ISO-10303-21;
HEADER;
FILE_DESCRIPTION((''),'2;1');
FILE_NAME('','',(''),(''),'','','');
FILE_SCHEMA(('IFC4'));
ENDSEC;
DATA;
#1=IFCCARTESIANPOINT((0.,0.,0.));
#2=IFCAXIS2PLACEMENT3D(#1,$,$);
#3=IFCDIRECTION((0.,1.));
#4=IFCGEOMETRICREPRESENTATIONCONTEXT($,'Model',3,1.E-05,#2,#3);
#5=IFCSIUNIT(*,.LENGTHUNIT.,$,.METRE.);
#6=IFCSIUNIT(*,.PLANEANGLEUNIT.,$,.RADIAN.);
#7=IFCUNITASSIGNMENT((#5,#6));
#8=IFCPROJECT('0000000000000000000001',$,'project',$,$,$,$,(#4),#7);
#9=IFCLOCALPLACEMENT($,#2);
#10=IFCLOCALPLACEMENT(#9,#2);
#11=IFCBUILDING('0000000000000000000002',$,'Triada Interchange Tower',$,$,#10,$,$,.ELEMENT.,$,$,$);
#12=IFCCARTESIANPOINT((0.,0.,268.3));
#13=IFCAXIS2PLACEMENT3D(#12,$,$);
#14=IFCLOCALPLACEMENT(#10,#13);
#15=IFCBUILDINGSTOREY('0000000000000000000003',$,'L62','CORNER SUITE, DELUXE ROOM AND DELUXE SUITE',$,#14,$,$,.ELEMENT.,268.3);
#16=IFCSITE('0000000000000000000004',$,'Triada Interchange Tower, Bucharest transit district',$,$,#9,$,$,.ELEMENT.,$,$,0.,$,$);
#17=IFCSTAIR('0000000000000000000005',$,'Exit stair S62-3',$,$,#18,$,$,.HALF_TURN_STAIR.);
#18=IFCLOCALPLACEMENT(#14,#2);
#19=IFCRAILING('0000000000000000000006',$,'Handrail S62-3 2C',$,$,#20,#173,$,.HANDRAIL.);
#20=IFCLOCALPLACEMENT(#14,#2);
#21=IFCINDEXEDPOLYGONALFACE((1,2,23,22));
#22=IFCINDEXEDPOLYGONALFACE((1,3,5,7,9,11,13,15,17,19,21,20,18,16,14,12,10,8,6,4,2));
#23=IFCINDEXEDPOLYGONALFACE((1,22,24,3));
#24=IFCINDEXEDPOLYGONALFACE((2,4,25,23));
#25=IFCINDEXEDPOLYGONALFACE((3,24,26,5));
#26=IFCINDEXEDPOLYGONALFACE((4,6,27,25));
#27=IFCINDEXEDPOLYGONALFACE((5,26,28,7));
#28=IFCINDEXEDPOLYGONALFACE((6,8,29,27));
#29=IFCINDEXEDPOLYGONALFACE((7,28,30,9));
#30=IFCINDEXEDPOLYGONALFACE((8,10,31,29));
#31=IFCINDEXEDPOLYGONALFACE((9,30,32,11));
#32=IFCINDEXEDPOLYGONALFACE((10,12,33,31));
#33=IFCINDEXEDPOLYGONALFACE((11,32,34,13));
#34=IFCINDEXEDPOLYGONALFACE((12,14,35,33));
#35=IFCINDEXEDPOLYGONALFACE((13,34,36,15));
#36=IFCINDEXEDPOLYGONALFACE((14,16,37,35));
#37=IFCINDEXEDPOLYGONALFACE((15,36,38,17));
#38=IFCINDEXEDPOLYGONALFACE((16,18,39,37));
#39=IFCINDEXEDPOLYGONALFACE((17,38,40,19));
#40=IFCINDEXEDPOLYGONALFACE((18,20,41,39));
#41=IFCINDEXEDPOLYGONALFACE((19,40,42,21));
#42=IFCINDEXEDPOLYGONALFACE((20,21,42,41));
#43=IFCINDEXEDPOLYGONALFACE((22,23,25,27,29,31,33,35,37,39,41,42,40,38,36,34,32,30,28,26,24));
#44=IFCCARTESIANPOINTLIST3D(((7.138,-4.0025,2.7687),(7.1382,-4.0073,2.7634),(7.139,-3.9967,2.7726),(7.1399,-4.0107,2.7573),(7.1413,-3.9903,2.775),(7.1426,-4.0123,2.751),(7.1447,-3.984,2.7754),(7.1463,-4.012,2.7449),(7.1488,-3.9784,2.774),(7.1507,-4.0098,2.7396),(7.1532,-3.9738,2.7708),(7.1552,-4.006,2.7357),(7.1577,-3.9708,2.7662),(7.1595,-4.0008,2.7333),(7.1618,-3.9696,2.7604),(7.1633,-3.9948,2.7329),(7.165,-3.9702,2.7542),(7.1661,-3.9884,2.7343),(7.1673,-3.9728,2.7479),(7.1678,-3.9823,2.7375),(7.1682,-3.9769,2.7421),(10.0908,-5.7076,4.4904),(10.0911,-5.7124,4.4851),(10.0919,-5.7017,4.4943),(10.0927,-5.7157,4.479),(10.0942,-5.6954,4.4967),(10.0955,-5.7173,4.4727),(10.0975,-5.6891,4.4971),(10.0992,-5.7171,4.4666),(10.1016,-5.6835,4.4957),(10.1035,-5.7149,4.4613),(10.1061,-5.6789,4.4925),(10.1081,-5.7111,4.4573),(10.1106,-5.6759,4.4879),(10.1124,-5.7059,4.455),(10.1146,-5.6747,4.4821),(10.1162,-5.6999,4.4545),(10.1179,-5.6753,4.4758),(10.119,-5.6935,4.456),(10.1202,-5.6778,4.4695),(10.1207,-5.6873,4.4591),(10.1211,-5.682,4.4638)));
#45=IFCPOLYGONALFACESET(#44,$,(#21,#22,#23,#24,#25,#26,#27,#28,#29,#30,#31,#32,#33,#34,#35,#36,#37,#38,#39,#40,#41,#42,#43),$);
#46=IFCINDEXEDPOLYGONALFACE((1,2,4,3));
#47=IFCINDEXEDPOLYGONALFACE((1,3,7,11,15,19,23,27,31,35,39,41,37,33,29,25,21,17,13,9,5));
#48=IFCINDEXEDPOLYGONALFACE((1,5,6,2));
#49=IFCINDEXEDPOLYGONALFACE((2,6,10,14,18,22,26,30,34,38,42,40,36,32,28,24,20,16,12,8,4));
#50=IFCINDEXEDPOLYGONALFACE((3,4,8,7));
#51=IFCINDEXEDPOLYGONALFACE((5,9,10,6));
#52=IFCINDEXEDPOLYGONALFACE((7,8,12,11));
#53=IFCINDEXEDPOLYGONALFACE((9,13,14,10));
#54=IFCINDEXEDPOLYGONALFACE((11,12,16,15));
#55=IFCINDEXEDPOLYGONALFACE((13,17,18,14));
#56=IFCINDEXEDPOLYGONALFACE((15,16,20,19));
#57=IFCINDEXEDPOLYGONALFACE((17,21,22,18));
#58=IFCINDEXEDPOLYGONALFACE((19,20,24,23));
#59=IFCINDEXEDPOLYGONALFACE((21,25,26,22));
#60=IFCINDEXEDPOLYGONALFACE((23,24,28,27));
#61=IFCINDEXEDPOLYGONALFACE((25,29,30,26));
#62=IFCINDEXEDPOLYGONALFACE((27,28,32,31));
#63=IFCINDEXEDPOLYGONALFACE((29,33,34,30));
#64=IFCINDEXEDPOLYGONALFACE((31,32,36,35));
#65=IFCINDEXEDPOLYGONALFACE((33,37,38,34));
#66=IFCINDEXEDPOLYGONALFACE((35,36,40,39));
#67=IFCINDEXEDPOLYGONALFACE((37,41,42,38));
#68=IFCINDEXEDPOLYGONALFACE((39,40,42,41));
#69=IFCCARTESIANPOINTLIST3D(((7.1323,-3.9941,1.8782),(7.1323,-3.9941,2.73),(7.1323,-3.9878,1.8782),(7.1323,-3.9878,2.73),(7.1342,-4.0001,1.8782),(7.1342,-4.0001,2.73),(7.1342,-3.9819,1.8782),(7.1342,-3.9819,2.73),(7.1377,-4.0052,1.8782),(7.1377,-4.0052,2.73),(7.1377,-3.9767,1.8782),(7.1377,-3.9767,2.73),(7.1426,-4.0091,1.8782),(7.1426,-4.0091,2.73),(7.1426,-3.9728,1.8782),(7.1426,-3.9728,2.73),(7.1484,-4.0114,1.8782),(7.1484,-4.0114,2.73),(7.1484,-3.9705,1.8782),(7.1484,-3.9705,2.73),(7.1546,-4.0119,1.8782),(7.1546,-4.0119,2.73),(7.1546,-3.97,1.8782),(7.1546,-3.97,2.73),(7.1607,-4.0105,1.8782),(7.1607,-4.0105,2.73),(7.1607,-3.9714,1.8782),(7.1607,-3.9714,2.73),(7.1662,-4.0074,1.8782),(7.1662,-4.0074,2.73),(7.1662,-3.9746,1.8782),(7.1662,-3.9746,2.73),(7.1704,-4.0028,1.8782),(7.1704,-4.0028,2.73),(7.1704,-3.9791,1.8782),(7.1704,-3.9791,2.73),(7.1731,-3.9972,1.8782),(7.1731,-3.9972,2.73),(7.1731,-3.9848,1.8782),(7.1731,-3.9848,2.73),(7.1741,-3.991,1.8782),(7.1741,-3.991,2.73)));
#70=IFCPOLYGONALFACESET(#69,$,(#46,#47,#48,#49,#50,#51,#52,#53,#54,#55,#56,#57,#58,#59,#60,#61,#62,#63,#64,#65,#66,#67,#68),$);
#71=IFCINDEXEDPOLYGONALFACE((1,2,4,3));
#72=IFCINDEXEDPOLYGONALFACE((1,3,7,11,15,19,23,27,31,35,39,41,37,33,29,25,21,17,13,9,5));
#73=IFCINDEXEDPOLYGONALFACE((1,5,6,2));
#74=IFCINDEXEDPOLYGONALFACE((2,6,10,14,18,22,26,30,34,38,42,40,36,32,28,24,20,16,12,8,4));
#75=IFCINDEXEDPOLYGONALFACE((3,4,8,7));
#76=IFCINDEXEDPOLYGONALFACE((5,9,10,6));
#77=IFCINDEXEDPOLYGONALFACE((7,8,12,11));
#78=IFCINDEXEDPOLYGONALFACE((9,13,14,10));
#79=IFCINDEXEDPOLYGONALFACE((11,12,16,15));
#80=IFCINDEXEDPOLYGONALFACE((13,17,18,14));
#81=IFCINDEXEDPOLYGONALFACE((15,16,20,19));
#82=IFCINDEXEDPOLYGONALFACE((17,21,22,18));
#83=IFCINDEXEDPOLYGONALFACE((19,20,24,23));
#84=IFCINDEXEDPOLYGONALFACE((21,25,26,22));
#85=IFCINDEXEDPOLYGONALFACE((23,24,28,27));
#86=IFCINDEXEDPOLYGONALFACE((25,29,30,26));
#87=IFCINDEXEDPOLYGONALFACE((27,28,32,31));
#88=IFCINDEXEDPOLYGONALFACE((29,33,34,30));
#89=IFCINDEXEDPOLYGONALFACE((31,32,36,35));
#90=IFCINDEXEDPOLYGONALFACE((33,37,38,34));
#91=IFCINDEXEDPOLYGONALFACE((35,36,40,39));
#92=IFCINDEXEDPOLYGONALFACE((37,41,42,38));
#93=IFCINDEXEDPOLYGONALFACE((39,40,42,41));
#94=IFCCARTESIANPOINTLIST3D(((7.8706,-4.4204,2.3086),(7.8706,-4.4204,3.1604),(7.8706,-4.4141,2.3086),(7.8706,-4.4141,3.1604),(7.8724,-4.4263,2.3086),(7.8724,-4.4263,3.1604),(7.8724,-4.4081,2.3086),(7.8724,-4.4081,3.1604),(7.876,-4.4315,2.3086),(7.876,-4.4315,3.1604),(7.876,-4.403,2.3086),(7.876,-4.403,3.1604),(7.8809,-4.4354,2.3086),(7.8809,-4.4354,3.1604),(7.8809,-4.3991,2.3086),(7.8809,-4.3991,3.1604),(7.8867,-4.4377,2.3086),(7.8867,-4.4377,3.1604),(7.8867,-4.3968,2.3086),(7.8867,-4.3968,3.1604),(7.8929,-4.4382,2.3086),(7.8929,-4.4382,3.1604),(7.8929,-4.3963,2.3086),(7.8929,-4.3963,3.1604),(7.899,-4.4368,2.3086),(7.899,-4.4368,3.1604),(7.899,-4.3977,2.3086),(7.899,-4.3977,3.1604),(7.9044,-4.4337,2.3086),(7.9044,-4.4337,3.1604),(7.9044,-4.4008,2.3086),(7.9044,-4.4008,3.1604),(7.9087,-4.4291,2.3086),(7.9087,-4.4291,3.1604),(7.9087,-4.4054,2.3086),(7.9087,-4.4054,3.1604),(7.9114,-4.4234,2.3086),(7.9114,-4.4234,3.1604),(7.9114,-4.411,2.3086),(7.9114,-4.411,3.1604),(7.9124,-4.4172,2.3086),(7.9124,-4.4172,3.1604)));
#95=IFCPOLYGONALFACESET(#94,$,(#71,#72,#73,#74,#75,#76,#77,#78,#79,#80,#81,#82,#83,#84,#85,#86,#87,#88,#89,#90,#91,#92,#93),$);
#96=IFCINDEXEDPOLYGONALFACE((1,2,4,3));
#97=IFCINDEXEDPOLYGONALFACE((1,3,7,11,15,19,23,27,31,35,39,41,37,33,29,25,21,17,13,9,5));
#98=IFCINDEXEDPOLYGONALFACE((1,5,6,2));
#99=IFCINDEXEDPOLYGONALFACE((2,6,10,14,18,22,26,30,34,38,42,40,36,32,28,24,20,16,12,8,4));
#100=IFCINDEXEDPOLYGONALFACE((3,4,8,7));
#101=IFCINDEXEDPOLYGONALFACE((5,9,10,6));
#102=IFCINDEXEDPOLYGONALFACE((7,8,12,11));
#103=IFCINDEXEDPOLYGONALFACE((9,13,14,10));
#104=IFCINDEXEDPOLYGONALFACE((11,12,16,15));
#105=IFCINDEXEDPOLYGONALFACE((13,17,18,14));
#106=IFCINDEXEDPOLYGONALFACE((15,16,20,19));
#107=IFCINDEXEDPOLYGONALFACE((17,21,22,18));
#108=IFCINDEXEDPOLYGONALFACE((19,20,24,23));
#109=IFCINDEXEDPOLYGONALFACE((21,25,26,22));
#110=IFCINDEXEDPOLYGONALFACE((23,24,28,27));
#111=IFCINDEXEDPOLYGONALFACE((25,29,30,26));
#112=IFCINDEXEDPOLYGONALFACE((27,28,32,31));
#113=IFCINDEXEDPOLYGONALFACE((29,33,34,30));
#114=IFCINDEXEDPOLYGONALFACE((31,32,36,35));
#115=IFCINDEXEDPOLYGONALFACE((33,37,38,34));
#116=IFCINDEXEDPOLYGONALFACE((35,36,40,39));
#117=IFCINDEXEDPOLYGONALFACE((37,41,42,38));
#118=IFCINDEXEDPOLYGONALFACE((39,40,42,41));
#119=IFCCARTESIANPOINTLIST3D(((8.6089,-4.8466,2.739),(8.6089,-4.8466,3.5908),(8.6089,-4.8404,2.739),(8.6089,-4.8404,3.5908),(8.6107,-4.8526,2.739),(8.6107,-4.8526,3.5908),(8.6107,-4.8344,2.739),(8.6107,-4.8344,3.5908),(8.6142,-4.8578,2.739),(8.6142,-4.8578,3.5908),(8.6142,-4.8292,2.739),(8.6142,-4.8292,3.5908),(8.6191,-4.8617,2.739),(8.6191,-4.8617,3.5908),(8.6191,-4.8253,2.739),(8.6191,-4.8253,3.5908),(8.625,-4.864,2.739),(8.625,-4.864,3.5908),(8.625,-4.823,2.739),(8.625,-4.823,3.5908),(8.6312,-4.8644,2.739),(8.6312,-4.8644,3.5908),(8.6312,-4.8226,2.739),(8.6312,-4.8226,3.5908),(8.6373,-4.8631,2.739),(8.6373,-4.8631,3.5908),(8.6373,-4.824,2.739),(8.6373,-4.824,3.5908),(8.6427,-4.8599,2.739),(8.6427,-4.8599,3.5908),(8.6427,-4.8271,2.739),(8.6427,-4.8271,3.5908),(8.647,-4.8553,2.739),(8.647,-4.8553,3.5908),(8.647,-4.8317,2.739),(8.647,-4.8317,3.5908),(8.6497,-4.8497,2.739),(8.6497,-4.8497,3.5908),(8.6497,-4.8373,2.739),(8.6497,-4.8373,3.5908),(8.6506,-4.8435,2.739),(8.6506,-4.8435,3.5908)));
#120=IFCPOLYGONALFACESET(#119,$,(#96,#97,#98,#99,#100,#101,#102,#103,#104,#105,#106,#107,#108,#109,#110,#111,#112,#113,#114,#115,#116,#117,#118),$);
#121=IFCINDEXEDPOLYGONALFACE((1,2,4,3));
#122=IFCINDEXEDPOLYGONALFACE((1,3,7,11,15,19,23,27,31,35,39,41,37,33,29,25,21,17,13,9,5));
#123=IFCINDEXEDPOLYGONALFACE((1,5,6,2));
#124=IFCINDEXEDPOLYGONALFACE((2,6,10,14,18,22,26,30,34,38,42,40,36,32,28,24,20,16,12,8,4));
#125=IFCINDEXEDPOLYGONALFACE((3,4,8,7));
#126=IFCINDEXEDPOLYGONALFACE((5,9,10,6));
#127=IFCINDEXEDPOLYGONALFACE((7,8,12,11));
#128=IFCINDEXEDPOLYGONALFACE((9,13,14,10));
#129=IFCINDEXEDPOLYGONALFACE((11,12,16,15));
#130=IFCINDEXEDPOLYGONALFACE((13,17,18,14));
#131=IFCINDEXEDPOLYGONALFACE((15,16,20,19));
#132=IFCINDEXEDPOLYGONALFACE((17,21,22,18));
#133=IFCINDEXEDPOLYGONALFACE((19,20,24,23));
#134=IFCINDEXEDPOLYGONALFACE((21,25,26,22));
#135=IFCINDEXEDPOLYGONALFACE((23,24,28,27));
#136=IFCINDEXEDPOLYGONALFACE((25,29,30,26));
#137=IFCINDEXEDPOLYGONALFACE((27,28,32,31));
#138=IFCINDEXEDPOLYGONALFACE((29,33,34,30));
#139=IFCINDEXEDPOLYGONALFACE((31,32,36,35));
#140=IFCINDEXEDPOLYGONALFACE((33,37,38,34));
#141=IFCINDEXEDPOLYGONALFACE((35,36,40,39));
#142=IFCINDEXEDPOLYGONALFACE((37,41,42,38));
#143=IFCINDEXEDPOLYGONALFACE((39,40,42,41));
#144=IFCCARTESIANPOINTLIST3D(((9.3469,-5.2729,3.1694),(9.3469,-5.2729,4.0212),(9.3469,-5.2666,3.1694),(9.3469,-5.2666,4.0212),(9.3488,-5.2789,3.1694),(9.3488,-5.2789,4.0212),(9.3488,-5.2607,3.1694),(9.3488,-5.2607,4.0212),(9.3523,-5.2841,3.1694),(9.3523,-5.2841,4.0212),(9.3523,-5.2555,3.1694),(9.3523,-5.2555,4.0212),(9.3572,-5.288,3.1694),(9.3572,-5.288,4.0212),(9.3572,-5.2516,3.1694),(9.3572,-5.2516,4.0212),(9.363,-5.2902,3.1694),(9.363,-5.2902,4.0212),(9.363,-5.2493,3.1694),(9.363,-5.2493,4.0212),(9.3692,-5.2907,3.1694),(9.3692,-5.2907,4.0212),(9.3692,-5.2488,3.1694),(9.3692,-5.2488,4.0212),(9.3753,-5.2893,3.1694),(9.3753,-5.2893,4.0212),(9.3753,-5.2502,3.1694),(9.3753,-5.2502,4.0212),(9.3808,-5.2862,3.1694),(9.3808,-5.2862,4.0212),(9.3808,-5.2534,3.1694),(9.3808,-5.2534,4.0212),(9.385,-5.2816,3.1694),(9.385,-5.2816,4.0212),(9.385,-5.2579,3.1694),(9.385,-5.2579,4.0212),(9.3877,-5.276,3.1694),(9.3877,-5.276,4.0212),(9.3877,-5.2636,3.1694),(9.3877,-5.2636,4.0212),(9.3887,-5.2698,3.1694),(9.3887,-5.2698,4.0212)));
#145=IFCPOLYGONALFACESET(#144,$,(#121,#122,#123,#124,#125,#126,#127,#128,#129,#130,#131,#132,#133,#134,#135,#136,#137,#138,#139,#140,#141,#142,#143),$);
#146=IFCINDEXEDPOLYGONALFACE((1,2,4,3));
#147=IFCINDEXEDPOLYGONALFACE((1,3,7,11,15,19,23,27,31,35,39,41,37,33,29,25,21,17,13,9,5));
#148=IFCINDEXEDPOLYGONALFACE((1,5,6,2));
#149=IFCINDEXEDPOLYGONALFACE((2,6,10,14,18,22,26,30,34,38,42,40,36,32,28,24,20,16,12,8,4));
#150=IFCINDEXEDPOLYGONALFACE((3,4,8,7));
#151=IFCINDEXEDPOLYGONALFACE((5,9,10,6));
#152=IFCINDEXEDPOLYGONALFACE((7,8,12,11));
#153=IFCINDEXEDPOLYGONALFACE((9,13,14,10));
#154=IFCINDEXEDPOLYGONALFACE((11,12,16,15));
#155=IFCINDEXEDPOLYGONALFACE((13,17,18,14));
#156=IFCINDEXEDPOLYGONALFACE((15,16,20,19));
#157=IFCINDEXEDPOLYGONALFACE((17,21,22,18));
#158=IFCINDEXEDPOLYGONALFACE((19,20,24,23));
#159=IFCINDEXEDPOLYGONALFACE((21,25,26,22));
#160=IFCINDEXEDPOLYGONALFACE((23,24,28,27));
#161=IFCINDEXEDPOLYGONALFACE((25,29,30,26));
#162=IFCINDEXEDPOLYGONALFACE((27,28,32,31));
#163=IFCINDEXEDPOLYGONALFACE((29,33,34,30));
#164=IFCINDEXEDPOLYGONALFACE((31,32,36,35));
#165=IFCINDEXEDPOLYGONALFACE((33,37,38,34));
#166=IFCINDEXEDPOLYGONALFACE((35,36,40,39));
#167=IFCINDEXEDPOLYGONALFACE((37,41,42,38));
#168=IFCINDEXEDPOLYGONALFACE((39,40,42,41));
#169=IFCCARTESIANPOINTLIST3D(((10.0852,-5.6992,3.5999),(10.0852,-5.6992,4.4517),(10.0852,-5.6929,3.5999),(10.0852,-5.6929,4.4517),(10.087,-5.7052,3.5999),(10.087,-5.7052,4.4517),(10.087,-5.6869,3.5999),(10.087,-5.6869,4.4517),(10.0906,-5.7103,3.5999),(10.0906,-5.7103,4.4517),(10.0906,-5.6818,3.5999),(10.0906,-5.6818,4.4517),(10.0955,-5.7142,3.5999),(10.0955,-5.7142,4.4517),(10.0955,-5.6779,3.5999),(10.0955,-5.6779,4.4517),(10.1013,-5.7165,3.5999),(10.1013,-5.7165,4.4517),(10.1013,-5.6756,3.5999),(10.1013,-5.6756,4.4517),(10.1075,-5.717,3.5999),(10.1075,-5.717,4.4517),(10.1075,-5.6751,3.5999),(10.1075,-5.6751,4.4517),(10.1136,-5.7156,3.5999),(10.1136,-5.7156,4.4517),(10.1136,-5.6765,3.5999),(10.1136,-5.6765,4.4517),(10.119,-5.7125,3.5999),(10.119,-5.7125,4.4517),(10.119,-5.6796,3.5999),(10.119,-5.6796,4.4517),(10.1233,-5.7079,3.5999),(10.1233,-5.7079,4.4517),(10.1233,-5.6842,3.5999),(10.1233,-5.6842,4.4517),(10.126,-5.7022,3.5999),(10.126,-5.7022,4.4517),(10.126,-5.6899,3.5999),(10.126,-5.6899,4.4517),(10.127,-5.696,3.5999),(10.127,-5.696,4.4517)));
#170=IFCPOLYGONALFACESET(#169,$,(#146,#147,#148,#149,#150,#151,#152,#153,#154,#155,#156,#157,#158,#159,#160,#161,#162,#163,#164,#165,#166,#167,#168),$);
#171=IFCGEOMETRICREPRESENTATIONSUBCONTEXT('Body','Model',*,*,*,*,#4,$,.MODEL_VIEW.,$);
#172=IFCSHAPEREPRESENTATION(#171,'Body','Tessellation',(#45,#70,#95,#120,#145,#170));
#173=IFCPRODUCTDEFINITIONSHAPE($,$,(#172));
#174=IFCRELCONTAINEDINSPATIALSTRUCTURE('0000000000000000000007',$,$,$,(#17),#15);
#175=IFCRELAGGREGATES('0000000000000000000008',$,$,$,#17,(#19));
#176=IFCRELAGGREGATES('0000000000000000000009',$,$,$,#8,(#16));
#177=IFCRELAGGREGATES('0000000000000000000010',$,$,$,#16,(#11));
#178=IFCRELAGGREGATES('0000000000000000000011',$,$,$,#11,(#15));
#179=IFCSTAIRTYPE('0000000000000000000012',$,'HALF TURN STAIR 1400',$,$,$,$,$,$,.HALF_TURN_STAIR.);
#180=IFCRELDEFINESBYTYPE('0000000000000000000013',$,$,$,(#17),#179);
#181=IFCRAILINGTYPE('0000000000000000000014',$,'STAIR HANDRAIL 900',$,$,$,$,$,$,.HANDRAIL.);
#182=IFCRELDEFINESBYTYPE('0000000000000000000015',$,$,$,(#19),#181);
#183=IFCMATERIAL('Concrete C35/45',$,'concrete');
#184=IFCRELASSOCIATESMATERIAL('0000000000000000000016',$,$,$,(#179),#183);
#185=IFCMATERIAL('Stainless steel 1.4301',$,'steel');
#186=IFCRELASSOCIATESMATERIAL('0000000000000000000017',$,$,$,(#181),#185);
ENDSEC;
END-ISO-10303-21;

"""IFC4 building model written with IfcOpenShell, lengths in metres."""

from ifc_helpers import new_model, si_unit, direction, frame, origin, origin_2d, place, context, subcontext, project, spatial, circle, extrude, material, type_object, element, aggregate, save


model = new_model("IFC4")

# Units and contexts
model_context = context("Model", 3, precision=1e-05, world=origin(), true_north=direction((0.0, 1.0)))
body_context = subcontext(model_context, "Body", "Model", "MODEL_VIEW")
ifc_project = project(units=[si_unit("LENGTHUNIT", "METRE"), si_unit("PLANEANGLEUNIT", "RADIAN")], contexts=[model_context])

# Site, building, storey
site_placement = place(None, origin())
site = spatial("IfcSite", under=ifc_project, at=site_placement, Name="Triada Interchange Tower, Bucharest transit district", CompositionType="ELEMENT", RefElevation=0.0)
building_placement = place(site_placement, origin())
building = spatial("IfcBuilding", under=site, at=building_placement, Name="Triada Interchange Tower", CompositionType="ELEMENT")
storey_placement = place(building_placement, frame((0.0, 0.0, 268.3)))
storey = spatial("IfcBuildingStorey", under=building, at=storey_placement, Name="L62", Description="CORNER SUITE, DELUXE ROOM AND DELUXE SUITE", CompositionType="ELEMENT", Elevation=268.3)

# Stair, railing
ifc_material_1 = material(Name="Concrete C35/45", Category="concrete")
stair_type = type_object("IfcStairType", Name="HALF TURN STAIR 1400", PredefinedType="HALF_TURN_STAIR", material=ifc_material_1)
stair_placement = place(storey_placement, origin())
stair = element("IfcStair", 1, at=stair_placement, inside=storey, type_object=stair_type, Name="Exit stair S62-3", PredefinedType="HALF_TURN_STAIR")
ifc_material_2 = material(Name="Stainless steel 1.4301", Category="steel")
railing_type = type_object("IfcRailingType", Name="STAIR HANDRAIL 900", PredefinedType="HANDRAIL", material=ifc_material_2)
railing_1_placement = place(storey_placement, frame((7.1531, -3.991, 1.8782)))
railing_1 = element("IfcRailing", 2, at=railing_1_placement, type_object=railing_type, Name="Handrail S62-3 2C", PredefinedType="HANDRAIL", context=body_context, shape_type="SweptSolid", body=[
    extrude(circle(Radius=0.0239, at=origin_2d()), frame((0.0, 0.0, 0.876), z_axis=(0.773043, -0.446377, 0.450723), x_axis=(0.500051, 0.865996, 0.0)), (0.0, 0.0, 1.0), 3.8198),
    extrude(circle(Radius=0.021, at=origin_2d()), origin(), (0.0, 0.0, 1.0), 0.8518),
    extrude(circle(Radius=0.021, at=origin_2d()), frame((0.7383, -0.4263, 0.4304)), (0.0, 0.0, 1.0), 0.8518),
    extrude(circle(Radius=0.021, at=origin_2d()), frame((1.4766, -0.8525, 0.8608)), (0.0, 0.0, 1.0), 0.8518),
    extrude(circle(Radius=0.021, at=origin_2d()), frame((2.2146, -1.2788, 1.2913)), (0.0, 0.0, 1.0), 0.8518),
    extrude(circle(Radius=0.021, at=origin_2d()), frame((2.9529, -1.7051, 1.7217)), (0.0, 0.0, 1.0), 0.8518),
])
aggregate(stair, [railing_1])

save(model, "model.ifc")
